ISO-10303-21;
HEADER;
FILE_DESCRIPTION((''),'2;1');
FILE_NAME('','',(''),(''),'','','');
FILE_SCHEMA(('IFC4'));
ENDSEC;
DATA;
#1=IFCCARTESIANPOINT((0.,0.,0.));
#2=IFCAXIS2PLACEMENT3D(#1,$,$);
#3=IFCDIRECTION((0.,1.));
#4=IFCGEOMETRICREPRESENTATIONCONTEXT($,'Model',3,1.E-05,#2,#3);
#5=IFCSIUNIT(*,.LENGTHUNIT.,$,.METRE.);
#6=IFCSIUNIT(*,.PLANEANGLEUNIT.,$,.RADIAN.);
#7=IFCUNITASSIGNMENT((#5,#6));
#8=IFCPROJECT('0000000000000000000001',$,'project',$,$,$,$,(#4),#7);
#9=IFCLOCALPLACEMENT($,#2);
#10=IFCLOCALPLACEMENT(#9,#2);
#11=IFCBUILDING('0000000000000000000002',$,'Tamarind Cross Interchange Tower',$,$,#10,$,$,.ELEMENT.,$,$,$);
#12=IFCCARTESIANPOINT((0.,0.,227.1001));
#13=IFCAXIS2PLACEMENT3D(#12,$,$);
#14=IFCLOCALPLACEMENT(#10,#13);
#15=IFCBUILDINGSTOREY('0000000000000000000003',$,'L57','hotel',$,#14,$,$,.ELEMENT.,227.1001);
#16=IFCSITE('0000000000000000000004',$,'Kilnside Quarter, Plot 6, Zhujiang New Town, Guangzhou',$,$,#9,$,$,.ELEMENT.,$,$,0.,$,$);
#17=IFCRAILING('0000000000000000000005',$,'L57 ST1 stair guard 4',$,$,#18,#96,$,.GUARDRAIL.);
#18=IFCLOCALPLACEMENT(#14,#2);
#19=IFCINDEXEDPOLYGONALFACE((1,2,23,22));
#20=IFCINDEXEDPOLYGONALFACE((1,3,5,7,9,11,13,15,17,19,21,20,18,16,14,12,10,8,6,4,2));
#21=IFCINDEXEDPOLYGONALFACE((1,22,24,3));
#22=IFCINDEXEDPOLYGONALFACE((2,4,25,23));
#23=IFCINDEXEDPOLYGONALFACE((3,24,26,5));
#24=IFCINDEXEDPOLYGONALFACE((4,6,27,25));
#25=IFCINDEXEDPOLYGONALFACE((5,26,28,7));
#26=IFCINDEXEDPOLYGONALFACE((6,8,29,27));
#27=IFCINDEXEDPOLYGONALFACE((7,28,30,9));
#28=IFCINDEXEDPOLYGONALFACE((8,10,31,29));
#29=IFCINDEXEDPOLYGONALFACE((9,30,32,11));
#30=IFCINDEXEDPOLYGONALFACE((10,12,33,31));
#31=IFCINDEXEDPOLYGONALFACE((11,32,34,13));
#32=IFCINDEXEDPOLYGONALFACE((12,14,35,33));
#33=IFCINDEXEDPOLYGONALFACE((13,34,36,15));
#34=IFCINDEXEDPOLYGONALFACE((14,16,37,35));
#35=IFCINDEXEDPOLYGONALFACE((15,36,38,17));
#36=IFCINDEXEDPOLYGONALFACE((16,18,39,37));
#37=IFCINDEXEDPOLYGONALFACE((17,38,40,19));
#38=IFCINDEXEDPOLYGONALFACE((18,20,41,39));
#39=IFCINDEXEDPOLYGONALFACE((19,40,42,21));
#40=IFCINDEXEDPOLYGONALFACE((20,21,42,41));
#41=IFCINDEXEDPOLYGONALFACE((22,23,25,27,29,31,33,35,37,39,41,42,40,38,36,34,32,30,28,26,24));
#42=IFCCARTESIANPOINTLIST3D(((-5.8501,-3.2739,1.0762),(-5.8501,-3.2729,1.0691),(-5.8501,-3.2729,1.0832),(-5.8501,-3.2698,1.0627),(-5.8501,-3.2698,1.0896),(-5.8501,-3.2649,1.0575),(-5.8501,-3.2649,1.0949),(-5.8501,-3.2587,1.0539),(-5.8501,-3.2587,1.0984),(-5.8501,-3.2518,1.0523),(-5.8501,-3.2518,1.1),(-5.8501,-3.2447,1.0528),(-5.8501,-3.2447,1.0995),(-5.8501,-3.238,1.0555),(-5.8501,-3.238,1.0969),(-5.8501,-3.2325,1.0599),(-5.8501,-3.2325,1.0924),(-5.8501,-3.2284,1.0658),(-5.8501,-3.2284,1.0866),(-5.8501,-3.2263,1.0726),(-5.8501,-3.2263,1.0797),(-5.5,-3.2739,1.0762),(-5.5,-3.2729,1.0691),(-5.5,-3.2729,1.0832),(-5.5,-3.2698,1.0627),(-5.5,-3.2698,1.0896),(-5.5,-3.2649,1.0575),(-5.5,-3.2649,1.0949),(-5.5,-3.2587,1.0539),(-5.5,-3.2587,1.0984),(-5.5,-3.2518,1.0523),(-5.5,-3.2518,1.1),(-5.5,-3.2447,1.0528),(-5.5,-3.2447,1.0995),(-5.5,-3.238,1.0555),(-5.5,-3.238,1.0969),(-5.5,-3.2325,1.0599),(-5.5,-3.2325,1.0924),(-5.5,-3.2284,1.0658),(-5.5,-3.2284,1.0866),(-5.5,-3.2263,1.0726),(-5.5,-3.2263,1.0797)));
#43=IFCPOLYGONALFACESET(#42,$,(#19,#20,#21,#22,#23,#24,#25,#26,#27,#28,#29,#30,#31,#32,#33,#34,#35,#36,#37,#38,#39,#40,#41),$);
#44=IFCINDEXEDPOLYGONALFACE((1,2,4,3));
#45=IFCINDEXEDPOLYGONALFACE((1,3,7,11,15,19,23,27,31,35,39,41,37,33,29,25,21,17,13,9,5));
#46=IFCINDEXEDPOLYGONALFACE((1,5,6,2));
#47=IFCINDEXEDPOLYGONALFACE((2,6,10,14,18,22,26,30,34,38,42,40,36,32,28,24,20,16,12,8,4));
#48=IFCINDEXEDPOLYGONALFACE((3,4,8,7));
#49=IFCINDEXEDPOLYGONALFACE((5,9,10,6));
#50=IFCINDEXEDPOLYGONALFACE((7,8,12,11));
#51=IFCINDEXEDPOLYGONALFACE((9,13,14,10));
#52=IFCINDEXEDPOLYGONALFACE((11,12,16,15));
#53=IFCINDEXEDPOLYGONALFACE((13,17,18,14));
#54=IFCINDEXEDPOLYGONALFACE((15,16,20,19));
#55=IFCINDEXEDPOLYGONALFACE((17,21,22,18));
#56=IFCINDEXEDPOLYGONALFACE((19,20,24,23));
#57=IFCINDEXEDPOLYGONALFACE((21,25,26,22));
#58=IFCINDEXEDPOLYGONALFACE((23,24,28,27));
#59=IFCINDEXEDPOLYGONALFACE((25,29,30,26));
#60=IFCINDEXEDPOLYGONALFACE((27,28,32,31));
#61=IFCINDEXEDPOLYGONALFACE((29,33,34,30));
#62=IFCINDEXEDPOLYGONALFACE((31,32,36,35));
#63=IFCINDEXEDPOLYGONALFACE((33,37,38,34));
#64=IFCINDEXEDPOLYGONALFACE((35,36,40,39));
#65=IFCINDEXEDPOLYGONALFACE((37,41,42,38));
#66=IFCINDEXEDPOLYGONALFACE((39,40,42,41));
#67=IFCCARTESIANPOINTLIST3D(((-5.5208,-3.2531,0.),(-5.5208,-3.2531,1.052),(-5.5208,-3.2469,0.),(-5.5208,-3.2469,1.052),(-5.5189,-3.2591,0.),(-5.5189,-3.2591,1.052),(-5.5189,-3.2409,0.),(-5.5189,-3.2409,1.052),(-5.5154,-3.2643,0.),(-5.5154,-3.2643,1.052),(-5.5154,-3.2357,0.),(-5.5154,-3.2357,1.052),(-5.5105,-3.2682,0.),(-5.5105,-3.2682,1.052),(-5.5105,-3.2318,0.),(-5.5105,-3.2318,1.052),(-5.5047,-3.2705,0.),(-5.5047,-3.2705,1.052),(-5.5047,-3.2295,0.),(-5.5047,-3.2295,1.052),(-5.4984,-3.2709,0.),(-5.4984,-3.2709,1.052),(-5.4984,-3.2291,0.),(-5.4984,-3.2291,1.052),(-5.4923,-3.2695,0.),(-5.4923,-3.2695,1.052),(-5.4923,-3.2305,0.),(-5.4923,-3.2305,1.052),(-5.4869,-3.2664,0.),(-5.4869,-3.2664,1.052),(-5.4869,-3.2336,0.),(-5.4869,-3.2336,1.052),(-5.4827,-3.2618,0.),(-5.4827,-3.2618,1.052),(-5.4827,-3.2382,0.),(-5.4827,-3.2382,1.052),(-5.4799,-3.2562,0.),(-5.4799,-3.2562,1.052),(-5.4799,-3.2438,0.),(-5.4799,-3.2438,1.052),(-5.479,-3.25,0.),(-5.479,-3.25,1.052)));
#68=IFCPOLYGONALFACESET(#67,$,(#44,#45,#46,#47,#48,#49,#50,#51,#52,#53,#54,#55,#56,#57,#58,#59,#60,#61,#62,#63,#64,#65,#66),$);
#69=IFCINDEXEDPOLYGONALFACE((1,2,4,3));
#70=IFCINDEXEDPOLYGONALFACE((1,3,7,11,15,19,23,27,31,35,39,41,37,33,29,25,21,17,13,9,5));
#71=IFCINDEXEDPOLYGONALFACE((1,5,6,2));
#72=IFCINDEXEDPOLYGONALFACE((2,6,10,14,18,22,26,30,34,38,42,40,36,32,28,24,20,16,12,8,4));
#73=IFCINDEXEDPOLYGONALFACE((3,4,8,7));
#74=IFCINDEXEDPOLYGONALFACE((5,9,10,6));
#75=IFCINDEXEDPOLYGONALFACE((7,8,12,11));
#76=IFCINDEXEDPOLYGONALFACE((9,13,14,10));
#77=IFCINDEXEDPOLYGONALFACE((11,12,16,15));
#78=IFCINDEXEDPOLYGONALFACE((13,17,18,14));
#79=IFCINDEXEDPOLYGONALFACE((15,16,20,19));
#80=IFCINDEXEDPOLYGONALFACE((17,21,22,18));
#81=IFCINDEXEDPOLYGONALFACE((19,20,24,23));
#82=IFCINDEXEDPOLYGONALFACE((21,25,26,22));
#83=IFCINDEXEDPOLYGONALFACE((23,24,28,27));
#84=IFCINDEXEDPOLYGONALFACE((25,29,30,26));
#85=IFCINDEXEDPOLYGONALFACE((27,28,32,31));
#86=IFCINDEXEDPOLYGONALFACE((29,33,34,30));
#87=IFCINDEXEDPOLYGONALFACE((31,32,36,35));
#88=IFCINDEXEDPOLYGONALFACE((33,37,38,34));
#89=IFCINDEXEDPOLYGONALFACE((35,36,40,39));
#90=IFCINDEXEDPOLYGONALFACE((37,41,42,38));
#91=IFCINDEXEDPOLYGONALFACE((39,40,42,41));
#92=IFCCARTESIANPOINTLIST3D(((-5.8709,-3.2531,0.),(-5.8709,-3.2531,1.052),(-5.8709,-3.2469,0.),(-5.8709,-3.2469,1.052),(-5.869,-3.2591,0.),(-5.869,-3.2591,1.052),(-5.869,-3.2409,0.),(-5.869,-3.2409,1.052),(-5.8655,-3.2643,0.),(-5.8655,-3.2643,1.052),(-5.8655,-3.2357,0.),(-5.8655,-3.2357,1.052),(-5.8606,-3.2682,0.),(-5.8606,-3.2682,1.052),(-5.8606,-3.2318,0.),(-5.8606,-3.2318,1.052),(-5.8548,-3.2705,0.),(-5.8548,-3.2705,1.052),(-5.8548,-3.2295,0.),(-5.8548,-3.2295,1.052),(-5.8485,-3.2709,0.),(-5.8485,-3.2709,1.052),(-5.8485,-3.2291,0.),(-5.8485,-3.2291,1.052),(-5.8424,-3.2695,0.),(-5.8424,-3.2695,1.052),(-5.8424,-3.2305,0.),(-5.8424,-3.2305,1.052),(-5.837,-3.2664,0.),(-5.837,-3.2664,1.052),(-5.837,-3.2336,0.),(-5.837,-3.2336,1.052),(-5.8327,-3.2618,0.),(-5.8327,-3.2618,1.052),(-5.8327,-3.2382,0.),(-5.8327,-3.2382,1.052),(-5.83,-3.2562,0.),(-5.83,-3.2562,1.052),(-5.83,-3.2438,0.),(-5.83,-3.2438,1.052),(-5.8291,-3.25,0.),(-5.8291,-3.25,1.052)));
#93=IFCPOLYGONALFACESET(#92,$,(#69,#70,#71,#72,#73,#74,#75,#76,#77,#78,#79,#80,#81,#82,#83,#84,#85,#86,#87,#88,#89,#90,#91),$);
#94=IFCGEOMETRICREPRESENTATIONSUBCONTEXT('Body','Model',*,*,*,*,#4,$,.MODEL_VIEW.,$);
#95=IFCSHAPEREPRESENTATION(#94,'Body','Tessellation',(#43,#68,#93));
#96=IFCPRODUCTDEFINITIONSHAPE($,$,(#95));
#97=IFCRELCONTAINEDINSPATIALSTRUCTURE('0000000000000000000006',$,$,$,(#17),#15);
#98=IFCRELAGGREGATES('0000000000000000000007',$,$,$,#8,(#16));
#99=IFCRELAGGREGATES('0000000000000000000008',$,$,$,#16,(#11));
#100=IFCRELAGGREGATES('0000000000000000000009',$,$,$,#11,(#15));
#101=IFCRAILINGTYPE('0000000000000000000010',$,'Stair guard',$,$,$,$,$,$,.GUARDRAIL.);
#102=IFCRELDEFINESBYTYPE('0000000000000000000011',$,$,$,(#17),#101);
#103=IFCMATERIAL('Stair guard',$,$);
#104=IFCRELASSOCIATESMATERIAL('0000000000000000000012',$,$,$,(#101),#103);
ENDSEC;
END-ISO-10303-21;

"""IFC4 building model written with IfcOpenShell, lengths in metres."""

from ifc_helpers import new_model, si_unit, direction, frame, origin, origin_2d, place, context, subcontext, project, spatial, circle, extrude, material, type_object, element, save


model = new_model("IFC4")

# Units and contexts
model_context = context("Model", 3, precision=1e-05, world=origin(), true_north=direction((0.0, 1.0)))
body_context = subcontext(model_context, "Body", "Model", "MODEL_VIEW")
ifc_project = project(units=[si_unit("LENGTHUNIT", "METRE"), si_unit("PLANEANGLEUNIT", "RADIAN")], contexts=[model_context])

# Site, building, storey
site_placement = place(None, origin())
site = spatial("IfcSite", under=ifc_project, at=site_placement, Name="Kilnside Quarter, Plot 6, Zhujiang New Town, Guangzhou", CompositionType="ELEMENT", RefElevation=0.0)
building_placement = place(site_placement, origin())
building = spatial("IfcBuilding", under=site, at=building_placement, Name="Tamarind Cross Interchange Tower", CompositionType="ELEMENT")
storey_placement = place(building_placement, frame((0.0, 0.0, 227.1001)))
storey = spatial("IfcBuildingStorey", under=building, at=storey_placement, Name="L57", Description="hotel", CompositionType="ELEMENT", Elevation=227.1001)

# Railing
ifc_material_1 = material(Name="Stair guard")
railing_type_1 = type_object("IfcRailingType", Name="Stair guard", PredefinedType="GUARDRAIL", material=ifc_material_1)
railing_1_placement = place(storey_placement, frame((-5.5, -3.25, 0.0)))
element("IfcRailing", 1, at=railing_1_placement, inside=storey, type_object=railing_type_1, Name="L57 ST1 stair guard 4", PredefinedType="GUARDRAIL", context=body_context, shape_type="SweptSolid", body=[
    extrude(circle(Radius=0.0239, at=origin_2d()), frame((0.0, 0.0, 1.0762), z_axis=(-1.0, 0.0, 0.0), x_axis=(0.0, -1.0, 0.0)), (0.0, 0.0, 1.0), 0.3501),
    extrude(circle(Radius=0.021, at=origin_2d()), origin(), (0.0, 0.0, 1.0), 1.052),
    extrude(circle(Radius=0.021, at=origin_2d()), frame((-0.3501, 0.0, 0.0)), (0.0, 0.0, 1.0), 1.052),
])

save(model, "model.ifc")
